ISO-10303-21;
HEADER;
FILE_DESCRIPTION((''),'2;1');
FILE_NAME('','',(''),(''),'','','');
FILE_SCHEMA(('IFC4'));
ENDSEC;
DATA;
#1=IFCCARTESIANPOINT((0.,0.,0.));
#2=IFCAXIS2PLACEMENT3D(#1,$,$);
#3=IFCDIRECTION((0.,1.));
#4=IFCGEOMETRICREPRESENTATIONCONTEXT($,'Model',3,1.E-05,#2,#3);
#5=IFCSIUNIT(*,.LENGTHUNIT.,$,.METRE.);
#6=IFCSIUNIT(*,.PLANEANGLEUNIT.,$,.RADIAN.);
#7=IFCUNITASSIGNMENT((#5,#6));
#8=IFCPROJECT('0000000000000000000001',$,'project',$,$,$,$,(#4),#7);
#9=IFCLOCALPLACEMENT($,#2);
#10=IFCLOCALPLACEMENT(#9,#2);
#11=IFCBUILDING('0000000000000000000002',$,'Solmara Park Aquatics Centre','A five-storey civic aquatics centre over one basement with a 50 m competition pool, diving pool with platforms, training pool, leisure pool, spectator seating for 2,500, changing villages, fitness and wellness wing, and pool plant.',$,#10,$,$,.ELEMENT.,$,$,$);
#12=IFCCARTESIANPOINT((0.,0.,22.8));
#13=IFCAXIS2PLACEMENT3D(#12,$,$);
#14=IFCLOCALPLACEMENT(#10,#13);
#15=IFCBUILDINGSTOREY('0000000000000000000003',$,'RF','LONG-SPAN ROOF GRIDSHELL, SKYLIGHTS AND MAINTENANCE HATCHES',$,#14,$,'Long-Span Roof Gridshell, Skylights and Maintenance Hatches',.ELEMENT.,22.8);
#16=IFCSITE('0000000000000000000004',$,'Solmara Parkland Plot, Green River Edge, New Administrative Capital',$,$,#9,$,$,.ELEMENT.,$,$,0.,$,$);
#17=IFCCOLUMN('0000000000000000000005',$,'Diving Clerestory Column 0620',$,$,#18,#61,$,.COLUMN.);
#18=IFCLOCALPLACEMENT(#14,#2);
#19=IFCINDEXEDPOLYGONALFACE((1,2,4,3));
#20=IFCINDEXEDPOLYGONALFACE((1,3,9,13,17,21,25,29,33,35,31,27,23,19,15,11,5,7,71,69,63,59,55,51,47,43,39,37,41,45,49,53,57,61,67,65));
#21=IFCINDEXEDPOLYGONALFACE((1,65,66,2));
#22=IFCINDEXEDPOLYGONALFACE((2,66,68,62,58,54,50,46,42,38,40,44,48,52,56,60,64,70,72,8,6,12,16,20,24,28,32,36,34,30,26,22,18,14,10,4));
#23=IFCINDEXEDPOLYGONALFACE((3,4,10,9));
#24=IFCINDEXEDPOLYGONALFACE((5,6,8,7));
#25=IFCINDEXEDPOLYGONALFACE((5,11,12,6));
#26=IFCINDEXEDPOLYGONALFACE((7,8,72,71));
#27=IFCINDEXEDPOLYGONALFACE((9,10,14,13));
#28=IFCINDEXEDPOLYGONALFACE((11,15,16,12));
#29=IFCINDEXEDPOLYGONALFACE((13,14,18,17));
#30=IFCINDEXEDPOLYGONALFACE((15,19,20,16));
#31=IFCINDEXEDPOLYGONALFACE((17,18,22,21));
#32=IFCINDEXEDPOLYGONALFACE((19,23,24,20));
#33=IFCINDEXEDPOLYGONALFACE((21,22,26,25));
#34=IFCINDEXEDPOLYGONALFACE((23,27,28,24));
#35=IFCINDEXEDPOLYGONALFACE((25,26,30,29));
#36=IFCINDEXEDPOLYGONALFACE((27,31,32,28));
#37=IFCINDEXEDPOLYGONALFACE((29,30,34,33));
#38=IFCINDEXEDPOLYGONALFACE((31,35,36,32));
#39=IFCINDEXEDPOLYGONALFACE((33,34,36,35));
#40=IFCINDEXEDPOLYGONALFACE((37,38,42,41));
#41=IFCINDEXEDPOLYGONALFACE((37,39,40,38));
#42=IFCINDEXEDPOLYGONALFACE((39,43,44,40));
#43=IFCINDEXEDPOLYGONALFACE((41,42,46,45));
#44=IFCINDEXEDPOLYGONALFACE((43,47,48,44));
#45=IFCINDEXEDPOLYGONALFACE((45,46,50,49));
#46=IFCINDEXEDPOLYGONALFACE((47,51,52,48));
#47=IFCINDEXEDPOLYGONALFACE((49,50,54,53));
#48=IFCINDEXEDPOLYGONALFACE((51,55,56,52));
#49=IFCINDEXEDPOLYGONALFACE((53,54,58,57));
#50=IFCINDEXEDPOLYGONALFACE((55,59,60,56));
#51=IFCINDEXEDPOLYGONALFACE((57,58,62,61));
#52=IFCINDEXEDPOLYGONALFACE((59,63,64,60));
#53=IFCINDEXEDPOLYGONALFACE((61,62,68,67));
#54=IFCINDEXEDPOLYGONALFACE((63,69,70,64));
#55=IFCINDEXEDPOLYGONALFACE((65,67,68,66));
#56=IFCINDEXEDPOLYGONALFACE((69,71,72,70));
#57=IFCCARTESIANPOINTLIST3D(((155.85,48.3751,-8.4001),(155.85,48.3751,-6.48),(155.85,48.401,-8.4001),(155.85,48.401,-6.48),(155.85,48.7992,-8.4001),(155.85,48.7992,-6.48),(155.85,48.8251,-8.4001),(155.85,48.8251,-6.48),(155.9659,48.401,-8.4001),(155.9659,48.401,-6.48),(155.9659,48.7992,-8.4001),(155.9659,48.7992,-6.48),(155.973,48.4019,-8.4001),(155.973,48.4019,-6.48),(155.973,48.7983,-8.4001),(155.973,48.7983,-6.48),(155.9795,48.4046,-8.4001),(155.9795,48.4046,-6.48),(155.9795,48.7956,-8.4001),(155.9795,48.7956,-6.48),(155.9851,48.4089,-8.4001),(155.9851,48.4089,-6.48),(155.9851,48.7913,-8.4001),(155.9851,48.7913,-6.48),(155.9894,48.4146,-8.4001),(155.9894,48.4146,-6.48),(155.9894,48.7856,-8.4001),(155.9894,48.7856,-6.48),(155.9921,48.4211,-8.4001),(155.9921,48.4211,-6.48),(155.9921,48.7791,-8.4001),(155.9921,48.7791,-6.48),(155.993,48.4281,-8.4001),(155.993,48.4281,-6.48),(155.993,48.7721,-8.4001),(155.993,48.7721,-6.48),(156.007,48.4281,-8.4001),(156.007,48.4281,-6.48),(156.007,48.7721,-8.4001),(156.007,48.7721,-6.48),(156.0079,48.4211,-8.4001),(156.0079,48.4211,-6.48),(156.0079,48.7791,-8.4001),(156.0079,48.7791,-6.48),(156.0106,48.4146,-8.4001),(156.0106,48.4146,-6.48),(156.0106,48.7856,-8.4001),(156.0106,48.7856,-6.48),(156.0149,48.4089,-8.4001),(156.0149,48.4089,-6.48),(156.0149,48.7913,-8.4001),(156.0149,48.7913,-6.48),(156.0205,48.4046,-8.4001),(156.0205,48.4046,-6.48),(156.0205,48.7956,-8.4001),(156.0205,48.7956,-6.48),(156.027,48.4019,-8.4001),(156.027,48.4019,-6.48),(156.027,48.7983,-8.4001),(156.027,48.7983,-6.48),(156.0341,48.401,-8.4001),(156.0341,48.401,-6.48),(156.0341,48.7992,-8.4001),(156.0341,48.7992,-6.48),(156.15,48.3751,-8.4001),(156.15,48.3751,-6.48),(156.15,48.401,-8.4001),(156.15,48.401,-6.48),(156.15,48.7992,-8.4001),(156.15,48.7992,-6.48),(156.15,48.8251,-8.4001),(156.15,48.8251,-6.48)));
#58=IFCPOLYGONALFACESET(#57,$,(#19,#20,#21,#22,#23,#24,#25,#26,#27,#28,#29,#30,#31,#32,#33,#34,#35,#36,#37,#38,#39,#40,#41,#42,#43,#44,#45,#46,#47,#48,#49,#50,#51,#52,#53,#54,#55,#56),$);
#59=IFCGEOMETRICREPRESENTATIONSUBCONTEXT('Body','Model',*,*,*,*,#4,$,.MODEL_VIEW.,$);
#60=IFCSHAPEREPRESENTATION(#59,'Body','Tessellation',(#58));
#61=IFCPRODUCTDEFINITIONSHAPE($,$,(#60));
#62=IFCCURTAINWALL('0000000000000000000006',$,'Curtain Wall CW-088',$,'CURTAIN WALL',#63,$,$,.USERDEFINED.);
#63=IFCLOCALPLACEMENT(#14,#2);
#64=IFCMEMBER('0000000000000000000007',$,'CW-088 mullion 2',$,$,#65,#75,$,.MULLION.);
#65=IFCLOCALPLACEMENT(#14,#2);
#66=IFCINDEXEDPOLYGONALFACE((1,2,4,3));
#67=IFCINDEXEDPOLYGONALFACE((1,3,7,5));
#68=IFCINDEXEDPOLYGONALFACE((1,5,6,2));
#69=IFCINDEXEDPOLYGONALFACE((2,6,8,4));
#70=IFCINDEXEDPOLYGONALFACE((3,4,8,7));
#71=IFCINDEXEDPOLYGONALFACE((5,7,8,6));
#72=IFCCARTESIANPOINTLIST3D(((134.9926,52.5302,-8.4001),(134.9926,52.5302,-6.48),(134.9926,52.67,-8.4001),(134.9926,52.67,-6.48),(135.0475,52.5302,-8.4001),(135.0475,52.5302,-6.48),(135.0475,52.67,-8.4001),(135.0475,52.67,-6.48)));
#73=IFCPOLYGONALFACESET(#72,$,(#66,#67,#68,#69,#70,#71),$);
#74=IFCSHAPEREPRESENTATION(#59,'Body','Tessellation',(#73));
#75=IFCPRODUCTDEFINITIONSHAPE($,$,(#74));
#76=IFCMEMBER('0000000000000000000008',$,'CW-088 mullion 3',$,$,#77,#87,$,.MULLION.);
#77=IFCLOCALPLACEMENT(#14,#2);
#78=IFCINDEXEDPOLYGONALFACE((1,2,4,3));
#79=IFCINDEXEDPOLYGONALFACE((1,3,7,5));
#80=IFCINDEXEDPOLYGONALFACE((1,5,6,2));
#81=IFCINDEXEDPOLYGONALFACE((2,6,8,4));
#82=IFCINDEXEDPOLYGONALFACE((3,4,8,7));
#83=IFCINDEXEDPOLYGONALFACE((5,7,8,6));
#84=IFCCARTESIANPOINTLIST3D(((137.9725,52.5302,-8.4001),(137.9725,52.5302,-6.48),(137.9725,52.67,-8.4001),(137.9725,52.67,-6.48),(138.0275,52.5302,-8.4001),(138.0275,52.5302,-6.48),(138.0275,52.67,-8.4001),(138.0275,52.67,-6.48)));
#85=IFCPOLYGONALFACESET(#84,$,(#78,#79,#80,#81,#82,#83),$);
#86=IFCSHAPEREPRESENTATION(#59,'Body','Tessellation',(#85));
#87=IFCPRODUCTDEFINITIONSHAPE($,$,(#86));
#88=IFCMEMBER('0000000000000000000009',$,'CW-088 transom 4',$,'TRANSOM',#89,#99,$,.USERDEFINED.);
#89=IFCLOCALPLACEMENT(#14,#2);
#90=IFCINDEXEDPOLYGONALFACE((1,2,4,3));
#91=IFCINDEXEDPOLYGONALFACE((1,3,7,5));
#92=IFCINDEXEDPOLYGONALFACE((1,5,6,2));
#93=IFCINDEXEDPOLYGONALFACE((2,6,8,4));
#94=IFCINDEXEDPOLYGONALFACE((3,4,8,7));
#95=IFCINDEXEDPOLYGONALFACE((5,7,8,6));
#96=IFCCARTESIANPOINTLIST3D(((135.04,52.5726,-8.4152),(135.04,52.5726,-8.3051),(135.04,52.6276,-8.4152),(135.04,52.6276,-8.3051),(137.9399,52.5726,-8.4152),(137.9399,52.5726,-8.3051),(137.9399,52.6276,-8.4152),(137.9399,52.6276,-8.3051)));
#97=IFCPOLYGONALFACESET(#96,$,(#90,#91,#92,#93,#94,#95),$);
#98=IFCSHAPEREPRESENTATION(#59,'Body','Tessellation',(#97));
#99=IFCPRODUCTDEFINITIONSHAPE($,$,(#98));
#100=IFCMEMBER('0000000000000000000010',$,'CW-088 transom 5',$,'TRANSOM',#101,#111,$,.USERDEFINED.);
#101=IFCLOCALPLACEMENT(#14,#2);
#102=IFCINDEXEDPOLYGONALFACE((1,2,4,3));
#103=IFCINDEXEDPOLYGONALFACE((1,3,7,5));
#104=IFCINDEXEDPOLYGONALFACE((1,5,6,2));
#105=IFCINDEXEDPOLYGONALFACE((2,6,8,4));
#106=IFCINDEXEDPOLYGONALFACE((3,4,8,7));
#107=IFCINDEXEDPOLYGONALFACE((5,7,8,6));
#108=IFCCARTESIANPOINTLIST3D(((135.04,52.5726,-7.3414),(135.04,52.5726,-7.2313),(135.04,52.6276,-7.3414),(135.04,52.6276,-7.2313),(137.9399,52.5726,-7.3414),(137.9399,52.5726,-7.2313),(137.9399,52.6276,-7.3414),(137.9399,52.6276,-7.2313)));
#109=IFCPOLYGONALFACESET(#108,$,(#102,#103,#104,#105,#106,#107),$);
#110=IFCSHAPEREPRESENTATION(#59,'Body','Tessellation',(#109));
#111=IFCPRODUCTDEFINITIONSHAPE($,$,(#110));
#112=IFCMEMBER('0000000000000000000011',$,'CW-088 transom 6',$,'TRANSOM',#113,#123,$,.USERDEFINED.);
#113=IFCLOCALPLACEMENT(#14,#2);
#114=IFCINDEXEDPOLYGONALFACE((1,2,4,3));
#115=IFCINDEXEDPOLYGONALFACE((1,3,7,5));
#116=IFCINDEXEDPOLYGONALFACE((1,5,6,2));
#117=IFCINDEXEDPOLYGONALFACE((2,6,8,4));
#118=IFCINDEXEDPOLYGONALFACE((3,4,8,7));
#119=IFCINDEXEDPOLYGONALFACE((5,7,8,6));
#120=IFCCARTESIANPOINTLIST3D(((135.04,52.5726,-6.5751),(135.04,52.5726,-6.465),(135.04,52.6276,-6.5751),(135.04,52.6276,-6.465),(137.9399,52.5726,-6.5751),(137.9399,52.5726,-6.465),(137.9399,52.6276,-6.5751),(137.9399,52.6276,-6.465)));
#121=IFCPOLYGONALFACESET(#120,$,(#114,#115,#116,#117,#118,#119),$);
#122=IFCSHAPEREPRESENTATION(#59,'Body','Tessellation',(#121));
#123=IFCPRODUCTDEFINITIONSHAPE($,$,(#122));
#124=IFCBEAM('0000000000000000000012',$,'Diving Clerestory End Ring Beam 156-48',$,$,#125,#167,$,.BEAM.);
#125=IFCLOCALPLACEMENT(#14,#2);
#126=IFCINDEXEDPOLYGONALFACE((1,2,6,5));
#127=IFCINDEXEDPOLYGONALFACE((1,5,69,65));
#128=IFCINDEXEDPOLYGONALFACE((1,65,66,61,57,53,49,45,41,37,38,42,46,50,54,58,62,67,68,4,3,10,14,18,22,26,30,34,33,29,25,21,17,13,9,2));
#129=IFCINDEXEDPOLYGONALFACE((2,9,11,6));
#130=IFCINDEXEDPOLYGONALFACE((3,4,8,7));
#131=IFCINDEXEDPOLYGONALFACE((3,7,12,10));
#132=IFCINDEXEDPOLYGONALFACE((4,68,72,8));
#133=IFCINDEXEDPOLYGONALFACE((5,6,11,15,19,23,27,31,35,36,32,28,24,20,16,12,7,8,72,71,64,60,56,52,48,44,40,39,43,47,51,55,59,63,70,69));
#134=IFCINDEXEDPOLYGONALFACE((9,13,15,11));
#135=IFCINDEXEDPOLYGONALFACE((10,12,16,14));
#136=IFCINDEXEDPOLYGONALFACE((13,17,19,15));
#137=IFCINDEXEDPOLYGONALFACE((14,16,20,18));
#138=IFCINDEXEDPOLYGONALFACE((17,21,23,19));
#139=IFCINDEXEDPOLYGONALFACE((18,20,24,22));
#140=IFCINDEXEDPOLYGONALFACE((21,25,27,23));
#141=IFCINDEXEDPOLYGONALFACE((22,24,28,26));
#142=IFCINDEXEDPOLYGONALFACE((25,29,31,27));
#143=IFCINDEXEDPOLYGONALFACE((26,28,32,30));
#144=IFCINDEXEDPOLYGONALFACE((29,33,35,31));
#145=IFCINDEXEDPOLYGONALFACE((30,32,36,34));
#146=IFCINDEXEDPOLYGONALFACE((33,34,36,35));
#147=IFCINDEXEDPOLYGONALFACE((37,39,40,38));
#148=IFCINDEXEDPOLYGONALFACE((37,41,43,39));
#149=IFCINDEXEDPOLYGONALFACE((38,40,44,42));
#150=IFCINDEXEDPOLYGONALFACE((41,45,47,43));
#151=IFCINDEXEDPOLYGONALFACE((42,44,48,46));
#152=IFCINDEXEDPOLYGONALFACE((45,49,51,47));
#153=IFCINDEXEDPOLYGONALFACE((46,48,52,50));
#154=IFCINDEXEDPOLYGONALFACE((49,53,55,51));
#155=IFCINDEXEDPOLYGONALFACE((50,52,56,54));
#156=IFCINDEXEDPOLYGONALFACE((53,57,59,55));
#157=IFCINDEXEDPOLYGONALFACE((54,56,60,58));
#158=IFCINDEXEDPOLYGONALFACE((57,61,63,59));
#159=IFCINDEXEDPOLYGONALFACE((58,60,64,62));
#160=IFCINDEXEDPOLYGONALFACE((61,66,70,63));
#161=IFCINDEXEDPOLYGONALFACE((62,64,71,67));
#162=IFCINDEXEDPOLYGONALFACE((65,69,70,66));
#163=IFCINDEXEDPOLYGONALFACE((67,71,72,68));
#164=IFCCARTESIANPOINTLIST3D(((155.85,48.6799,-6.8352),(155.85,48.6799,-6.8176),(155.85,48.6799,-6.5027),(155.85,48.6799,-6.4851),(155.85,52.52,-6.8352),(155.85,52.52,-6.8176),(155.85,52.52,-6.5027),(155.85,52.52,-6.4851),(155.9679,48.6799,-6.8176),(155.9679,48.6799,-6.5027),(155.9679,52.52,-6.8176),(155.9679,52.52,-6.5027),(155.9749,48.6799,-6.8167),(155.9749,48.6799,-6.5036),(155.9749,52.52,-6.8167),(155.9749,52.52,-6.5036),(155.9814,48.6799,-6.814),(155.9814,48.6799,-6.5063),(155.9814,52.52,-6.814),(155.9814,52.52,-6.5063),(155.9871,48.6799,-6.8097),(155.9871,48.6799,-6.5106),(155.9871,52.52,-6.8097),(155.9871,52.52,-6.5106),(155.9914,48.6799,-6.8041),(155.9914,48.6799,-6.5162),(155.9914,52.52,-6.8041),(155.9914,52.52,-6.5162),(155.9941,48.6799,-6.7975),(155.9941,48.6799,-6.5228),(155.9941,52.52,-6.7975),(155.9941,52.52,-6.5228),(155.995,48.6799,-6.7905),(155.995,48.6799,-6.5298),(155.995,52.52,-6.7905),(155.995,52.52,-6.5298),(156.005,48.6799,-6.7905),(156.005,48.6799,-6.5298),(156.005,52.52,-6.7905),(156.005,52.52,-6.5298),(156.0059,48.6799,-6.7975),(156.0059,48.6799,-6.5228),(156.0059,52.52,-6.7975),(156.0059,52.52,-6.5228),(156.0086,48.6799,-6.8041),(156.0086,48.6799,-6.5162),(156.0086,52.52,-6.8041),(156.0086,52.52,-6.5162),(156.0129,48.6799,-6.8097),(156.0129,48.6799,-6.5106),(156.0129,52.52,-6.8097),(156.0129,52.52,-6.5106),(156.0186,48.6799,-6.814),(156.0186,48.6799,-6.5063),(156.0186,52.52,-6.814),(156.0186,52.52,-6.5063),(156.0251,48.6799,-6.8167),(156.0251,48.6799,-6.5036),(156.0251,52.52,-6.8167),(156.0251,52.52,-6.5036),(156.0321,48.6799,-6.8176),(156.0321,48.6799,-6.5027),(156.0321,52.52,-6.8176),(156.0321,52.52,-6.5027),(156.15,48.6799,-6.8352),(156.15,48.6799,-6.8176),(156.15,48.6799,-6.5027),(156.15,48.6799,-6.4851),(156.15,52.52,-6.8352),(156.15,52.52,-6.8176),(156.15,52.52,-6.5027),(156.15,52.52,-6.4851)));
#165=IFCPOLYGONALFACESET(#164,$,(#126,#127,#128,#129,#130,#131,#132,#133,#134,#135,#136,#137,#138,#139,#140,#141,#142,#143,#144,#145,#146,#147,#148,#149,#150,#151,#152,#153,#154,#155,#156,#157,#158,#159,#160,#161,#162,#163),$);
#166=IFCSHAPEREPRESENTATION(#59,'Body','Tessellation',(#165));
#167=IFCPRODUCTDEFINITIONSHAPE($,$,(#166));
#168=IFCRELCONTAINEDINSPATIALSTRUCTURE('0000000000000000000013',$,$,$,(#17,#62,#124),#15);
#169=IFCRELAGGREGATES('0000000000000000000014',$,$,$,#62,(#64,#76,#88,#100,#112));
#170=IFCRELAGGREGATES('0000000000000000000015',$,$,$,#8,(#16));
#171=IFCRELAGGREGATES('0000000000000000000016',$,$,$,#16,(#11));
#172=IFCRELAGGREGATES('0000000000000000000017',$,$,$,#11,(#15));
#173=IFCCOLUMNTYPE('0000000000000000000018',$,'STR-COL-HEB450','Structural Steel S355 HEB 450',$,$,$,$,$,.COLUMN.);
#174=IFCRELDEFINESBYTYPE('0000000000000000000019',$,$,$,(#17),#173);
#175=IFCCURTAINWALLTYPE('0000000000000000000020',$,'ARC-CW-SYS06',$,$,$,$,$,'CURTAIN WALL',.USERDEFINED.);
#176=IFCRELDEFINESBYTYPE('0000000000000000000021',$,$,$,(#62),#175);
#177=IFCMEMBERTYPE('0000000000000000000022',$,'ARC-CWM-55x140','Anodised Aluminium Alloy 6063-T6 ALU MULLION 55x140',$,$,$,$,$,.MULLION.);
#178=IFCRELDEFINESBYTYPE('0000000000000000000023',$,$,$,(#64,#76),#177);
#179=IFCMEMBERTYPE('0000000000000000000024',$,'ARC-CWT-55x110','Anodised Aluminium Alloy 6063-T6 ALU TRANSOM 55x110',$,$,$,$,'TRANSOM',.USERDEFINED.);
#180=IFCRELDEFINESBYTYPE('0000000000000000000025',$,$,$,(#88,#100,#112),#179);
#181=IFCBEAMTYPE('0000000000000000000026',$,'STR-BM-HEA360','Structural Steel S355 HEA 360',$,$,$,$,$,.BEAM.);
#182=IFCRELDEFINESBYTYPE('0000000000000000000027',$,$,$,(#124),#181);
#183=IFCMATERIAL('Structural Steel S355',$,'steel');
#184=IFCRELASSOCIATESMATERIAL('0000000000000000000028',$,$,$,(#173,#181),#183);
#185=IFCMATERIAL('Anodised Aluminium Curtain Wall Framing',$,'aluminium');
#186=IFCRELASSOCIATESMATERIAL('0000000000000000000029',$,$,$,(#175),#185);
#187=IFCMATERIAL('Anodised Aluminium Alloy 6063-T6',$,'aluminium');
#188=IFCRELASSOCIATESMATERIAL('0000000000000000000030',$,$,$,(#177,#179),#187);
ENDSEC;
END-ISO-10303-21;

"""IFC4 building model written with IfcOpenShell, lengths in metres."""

from ifc_helpers import new_model, si_unit, direction, frame, origin, origin_2d, place, context, subcontext, project, spatial, rectangle, i_section, extrude, material, material_profile, profile_set, type_object, element, aggregate, save


model = new_model("IFC4")

# Units and contexts
model_context = context("Model", 3, precision=1e-05, world=origin(), true_north=direction((0.0, 1.0)))
body_context = subcontext(model_context, "Body", "Model", "MODEL_VIEW")
ifc_project = project(units=[si_unit("LENGTHUNIT", "METRE"), si_unit("PLANEANGLEUNIT", "RADIAN")], contexts=[model_context])

# Site, building, storey
site_placement = place(None, origin())
site = spatial("IfcSite", under=ifc_project, at=site_placement, Name="Solmara Parkland Plot, Green River Edge, New Administrative Capital", CompositionType="ELEMENT", RefElevation=0.0)
building_placement = place(site_placement, origin())
building = spatial("IfcBuilding", under=site, at=building_placement, Name="Solmara Park Aquatics Centre", Description="A five-storey civic aquatics centre over one basement with a 50 m competition pool, diving pool with platforms, training pool, leisure pool, spectator seating for 2,500, changing villages, fitness and wellness wing, and pool plant.", CompositionType="ELEMENT")
storey_placement = place(building_placement, frame((0.0, 0.0, 22.8)))
storey = spatial("IfcBuildingStorey", under=building, at=storey_placement, Name="RF", Description="LONG-SPAN ROOF GRIDSHELL, SKYLIGHTS AND MAINTENANCE HATCHES", LongName="Long-Span Roof Gridshell, Skylights and Maintenance Hatches", CompositionType="ELEMENT", Elevation=22.8)

# Column
ifc_material_1 = material(Name="Structural Steel S355", Category="steel")
ifc_material_profile_1 = material_profile(ifc_material_1, i_section(OverallWidth=0.3, OverallDepth=0.45, WebThickness=0.0139, FlangeThickness=0.0259, FilletRadius=0.0271, at=origin_2d()), Name="HEB 450")
ifc_profile_set_1 = profile_set([ifc_material_profile_1], Name="Structural Steel S355")
column_type = type_object("IfcColumnType", Name="STR-COL-HEB450", Description="Structural Steel S355 HEB 450", PredefinedType="COLUMN", material=ifc_profile_set_1)
column_placement = place(storey_placement, frame((156.0, 48.6001, -8.4001), z_axis=(0.0, 0.0, 1.0), x_axis=(1.0, 0.0, 0.0)))
element("IfcColumn", 1, at=column_placement, inside=storey, type_object=column_type, Name="Diving Clerestory Column 0620", PredefinedType="COLUMN", context=body_context, shape_type="SweptSolid", body=[
    extrude(i_section(OverallWidth=0.3, OverallDepth=0.45, WebThickness=0.0139, FlangeThickness=0.0259, FilletRadius=0.0271, at=origin_2d()), origin(), (0.0, 0.0, 1.0), 1.9202),
])

# Curtain wall, members
ifc_material_2 = material(Name="Anodised Aluminium Curtain Wall Framing", Category="aluminium")
curtain_wall_type = type_object("IfcCurtainWallType", Name="ARC-CW-SYS06", ElementType="CURTAIN WALL", PredefinedType="USERDEFINED", material=ifc_material_2)
curtain_wall_placement = place(storey_placement, origin())
curtain_wall = element("IfcCurtainWall", 2, at=curtain_wall_placement, inside=storey, type_object=curtain_wall_type, Name="Curtain Wall CW-088", ObjectType="CURTAIN WALL", PredefinedType="USERDEFINED")
ifc_material_3 = material(Name="Anodised Aluminium Alloy 6063-T6", Category="aluminium")
ifc_material_profile_2 = material_profile(ifc_material_3, rectangle(XDim=0.0549, YDim=0.1399, at=origin_2d()), Name="ALU MULLION 55x140")
ifc_profile_set_2 = profile_set([ifc_material_profile_2], Name="Anodised Aluminium Alloy 6063-T6")
member_type_1 = type_object("IfcMemberType", Name="ARC-CWM-55x140", Description="Anodised Aluminium Alloy 6063-T6 ALU MULLION 55x140", PredefinedType="MULLION", material=ifc_profile_set_2)
member_1_placement = place(storey_placement, frame((135.02, 52.6001, -8.4001), z_axis=(0.0, 0.0, 1.0), x_axis=(1.0, 0.0, 0.0)))
member_1 = element("IfcMember", 3, at=member_1_placement, type_object=member_type_1, Name="CW-088 mullion 2", PredefinedType="MULLION", context=body_context, shape_type="SweptSolid", body=[
    extrude(rectangle(XDim=0.0549, YDim=0.1399, at=origin_2d()), origin(), (0.0, 0.0, 1.0), 1.9202),
])
member_2_placement = place(storey_placement, frame((138.0, 52.6001, -8.4001), z_axis=(0.0, 0.0, 1.0), x_axis=(1.0, 0.0, 0.0)))
member_2 = element("IfcMember", 4, at=member_2_placement, type_object=member_type_1, Name="CW-088 mullion 3", PredefinedType="MULLION", context=body_context, shape_type="SweptSolid", body=[
    extrude(rectangle(XDim=0.0549, YDim=0.1399, at=origin_2d()), origin(), (0.0, 0.0, 1.0), 1.9202),
])
ifc_material_profile_3 = material_profile(ifc_material_3, rectangle(XDim=0.0549, YDim=0.1101, at=origin_2d()), Name="ALU TRANSOM 55x110")
ifc_profile_set_3 = profile_set([ifc_material_profile_3], Name="Anodised Aluminium Alloy 6063-T6")
member_type_2 = type_object("IfcMemberType", Name="ARC-CWT-55x110", Description="Anodised Aluminium Alloy 6063-T6 ALU TRANSOM 55x110", ElementType="TRANSOM", PredefinedType="USERDEFINED", material=ifc_profile_set_3)
member_3_placement = place(storey_placement, frame((135.04, 52.6001, -8.3601), z_axis=(1.0, 0.0, 0.0), x_axis=(0.0, 1.0, 0.0)))
member_3 = element("IfcMember", 5, at=member_3_placement, type_object=member_type_2, Name="CW-088 transom 4", ObjectType="TRANSOM", PredefinedType="USERDEFINED", context=body_context, shape_type="SweptSolid", body=[
    extrude(rectangle(XDim=0.0549, YDim=0.1101, at=origin_2d()), origin(), (0.0, 0.0, 1.0), 2.8999),
])
member_4_placement = place(storey_placement, frame((135.04, 52.6001, -7.2864), z_axis=(1.0, 0.0, 0.0), x_axis=(0.0, 1.0, 0.0)))
member_4 = element("IfcMember", 6, at=member_4_placement, type_object=member_type_2, Name="CW-088 transom 5", ObjectType="TRANSOM", PredefinedType="USERDEFINED", context=body_context, shape_type="SweptSolid", body=[
    extrude(rectangle(XDim=0.0549, YDim=0.1101, at=origin_2d()), origin(), (0.0, 0.0, 1.0), 2.8999),
])
member_5_placement = place(storey_placement, frame((135.04, 52.6001, -6.52), z_axis=(1.0, 0.0, 0.0), x_axis=(0.0, 1.0, 0.0)))
member_5 = element("IfcMember", 7, at=member_5_placement, type_object=member_type_2, Name="CW-088 transom 6", ObjectType="TRANSOM", PredefinedType="USERDEFINED", context=body_context, shape_type="SweptSolid", body=[
    extrude(rectangle(XDim=0.0549, YDim=0.1101, at=origin_2d()), origin(), (0.0, 0.0, 1.0), 2.8999),
])

# Beam
ifc_material_profile_4 = material_profile(ifc_material_1, i_section(OverallWidth=0.3, OverallDepth=0.3501, WebThickness=0.01, FlangeThickness=0.0176, FilletRadius=0.0271, at=origin_2d()), Name="HEA 360")
ifc_profile_set_4 = profile_set([ifc_material_profile_4], Name="Structural Steel S355")
beam_type_1 = type_object("IfcBeamType", Name="STR-BM-HEA360", Description="Structural Steel S355 HEA 360", PredefinedType="BEAM", material=ifc_profile_set_4)
beam_1_placement = place(storey_placement, frame((156.0, 48.6799, -6.6602), z_axis=(0.0, 1.0, 0.0), x_axis=(-1.0, 0.0, 0.0)))
element("IfcBeam", 8, at=beam_1_placement, inside=storey, type_object=beam_type_1, Name="Diving Clerestory End Ring Beam 156-48", PredefinedType="BEAM", context=body_context, shape_type="SweptSolid", body=[
    extrude(i_section(OverallWidth=0.3, OverallDepth=0.3501, WebThickness=0.01, FlangeThickness=0.0176, FilletRadius=0.0271, at=origin_2d()), origin(), (0.0, 0.0, 1.0), 3.8401),
])

aggregate(curtain_wall, [member_1, member_2, member_3, member_4, member_5])

save(model, "model.ifc")
